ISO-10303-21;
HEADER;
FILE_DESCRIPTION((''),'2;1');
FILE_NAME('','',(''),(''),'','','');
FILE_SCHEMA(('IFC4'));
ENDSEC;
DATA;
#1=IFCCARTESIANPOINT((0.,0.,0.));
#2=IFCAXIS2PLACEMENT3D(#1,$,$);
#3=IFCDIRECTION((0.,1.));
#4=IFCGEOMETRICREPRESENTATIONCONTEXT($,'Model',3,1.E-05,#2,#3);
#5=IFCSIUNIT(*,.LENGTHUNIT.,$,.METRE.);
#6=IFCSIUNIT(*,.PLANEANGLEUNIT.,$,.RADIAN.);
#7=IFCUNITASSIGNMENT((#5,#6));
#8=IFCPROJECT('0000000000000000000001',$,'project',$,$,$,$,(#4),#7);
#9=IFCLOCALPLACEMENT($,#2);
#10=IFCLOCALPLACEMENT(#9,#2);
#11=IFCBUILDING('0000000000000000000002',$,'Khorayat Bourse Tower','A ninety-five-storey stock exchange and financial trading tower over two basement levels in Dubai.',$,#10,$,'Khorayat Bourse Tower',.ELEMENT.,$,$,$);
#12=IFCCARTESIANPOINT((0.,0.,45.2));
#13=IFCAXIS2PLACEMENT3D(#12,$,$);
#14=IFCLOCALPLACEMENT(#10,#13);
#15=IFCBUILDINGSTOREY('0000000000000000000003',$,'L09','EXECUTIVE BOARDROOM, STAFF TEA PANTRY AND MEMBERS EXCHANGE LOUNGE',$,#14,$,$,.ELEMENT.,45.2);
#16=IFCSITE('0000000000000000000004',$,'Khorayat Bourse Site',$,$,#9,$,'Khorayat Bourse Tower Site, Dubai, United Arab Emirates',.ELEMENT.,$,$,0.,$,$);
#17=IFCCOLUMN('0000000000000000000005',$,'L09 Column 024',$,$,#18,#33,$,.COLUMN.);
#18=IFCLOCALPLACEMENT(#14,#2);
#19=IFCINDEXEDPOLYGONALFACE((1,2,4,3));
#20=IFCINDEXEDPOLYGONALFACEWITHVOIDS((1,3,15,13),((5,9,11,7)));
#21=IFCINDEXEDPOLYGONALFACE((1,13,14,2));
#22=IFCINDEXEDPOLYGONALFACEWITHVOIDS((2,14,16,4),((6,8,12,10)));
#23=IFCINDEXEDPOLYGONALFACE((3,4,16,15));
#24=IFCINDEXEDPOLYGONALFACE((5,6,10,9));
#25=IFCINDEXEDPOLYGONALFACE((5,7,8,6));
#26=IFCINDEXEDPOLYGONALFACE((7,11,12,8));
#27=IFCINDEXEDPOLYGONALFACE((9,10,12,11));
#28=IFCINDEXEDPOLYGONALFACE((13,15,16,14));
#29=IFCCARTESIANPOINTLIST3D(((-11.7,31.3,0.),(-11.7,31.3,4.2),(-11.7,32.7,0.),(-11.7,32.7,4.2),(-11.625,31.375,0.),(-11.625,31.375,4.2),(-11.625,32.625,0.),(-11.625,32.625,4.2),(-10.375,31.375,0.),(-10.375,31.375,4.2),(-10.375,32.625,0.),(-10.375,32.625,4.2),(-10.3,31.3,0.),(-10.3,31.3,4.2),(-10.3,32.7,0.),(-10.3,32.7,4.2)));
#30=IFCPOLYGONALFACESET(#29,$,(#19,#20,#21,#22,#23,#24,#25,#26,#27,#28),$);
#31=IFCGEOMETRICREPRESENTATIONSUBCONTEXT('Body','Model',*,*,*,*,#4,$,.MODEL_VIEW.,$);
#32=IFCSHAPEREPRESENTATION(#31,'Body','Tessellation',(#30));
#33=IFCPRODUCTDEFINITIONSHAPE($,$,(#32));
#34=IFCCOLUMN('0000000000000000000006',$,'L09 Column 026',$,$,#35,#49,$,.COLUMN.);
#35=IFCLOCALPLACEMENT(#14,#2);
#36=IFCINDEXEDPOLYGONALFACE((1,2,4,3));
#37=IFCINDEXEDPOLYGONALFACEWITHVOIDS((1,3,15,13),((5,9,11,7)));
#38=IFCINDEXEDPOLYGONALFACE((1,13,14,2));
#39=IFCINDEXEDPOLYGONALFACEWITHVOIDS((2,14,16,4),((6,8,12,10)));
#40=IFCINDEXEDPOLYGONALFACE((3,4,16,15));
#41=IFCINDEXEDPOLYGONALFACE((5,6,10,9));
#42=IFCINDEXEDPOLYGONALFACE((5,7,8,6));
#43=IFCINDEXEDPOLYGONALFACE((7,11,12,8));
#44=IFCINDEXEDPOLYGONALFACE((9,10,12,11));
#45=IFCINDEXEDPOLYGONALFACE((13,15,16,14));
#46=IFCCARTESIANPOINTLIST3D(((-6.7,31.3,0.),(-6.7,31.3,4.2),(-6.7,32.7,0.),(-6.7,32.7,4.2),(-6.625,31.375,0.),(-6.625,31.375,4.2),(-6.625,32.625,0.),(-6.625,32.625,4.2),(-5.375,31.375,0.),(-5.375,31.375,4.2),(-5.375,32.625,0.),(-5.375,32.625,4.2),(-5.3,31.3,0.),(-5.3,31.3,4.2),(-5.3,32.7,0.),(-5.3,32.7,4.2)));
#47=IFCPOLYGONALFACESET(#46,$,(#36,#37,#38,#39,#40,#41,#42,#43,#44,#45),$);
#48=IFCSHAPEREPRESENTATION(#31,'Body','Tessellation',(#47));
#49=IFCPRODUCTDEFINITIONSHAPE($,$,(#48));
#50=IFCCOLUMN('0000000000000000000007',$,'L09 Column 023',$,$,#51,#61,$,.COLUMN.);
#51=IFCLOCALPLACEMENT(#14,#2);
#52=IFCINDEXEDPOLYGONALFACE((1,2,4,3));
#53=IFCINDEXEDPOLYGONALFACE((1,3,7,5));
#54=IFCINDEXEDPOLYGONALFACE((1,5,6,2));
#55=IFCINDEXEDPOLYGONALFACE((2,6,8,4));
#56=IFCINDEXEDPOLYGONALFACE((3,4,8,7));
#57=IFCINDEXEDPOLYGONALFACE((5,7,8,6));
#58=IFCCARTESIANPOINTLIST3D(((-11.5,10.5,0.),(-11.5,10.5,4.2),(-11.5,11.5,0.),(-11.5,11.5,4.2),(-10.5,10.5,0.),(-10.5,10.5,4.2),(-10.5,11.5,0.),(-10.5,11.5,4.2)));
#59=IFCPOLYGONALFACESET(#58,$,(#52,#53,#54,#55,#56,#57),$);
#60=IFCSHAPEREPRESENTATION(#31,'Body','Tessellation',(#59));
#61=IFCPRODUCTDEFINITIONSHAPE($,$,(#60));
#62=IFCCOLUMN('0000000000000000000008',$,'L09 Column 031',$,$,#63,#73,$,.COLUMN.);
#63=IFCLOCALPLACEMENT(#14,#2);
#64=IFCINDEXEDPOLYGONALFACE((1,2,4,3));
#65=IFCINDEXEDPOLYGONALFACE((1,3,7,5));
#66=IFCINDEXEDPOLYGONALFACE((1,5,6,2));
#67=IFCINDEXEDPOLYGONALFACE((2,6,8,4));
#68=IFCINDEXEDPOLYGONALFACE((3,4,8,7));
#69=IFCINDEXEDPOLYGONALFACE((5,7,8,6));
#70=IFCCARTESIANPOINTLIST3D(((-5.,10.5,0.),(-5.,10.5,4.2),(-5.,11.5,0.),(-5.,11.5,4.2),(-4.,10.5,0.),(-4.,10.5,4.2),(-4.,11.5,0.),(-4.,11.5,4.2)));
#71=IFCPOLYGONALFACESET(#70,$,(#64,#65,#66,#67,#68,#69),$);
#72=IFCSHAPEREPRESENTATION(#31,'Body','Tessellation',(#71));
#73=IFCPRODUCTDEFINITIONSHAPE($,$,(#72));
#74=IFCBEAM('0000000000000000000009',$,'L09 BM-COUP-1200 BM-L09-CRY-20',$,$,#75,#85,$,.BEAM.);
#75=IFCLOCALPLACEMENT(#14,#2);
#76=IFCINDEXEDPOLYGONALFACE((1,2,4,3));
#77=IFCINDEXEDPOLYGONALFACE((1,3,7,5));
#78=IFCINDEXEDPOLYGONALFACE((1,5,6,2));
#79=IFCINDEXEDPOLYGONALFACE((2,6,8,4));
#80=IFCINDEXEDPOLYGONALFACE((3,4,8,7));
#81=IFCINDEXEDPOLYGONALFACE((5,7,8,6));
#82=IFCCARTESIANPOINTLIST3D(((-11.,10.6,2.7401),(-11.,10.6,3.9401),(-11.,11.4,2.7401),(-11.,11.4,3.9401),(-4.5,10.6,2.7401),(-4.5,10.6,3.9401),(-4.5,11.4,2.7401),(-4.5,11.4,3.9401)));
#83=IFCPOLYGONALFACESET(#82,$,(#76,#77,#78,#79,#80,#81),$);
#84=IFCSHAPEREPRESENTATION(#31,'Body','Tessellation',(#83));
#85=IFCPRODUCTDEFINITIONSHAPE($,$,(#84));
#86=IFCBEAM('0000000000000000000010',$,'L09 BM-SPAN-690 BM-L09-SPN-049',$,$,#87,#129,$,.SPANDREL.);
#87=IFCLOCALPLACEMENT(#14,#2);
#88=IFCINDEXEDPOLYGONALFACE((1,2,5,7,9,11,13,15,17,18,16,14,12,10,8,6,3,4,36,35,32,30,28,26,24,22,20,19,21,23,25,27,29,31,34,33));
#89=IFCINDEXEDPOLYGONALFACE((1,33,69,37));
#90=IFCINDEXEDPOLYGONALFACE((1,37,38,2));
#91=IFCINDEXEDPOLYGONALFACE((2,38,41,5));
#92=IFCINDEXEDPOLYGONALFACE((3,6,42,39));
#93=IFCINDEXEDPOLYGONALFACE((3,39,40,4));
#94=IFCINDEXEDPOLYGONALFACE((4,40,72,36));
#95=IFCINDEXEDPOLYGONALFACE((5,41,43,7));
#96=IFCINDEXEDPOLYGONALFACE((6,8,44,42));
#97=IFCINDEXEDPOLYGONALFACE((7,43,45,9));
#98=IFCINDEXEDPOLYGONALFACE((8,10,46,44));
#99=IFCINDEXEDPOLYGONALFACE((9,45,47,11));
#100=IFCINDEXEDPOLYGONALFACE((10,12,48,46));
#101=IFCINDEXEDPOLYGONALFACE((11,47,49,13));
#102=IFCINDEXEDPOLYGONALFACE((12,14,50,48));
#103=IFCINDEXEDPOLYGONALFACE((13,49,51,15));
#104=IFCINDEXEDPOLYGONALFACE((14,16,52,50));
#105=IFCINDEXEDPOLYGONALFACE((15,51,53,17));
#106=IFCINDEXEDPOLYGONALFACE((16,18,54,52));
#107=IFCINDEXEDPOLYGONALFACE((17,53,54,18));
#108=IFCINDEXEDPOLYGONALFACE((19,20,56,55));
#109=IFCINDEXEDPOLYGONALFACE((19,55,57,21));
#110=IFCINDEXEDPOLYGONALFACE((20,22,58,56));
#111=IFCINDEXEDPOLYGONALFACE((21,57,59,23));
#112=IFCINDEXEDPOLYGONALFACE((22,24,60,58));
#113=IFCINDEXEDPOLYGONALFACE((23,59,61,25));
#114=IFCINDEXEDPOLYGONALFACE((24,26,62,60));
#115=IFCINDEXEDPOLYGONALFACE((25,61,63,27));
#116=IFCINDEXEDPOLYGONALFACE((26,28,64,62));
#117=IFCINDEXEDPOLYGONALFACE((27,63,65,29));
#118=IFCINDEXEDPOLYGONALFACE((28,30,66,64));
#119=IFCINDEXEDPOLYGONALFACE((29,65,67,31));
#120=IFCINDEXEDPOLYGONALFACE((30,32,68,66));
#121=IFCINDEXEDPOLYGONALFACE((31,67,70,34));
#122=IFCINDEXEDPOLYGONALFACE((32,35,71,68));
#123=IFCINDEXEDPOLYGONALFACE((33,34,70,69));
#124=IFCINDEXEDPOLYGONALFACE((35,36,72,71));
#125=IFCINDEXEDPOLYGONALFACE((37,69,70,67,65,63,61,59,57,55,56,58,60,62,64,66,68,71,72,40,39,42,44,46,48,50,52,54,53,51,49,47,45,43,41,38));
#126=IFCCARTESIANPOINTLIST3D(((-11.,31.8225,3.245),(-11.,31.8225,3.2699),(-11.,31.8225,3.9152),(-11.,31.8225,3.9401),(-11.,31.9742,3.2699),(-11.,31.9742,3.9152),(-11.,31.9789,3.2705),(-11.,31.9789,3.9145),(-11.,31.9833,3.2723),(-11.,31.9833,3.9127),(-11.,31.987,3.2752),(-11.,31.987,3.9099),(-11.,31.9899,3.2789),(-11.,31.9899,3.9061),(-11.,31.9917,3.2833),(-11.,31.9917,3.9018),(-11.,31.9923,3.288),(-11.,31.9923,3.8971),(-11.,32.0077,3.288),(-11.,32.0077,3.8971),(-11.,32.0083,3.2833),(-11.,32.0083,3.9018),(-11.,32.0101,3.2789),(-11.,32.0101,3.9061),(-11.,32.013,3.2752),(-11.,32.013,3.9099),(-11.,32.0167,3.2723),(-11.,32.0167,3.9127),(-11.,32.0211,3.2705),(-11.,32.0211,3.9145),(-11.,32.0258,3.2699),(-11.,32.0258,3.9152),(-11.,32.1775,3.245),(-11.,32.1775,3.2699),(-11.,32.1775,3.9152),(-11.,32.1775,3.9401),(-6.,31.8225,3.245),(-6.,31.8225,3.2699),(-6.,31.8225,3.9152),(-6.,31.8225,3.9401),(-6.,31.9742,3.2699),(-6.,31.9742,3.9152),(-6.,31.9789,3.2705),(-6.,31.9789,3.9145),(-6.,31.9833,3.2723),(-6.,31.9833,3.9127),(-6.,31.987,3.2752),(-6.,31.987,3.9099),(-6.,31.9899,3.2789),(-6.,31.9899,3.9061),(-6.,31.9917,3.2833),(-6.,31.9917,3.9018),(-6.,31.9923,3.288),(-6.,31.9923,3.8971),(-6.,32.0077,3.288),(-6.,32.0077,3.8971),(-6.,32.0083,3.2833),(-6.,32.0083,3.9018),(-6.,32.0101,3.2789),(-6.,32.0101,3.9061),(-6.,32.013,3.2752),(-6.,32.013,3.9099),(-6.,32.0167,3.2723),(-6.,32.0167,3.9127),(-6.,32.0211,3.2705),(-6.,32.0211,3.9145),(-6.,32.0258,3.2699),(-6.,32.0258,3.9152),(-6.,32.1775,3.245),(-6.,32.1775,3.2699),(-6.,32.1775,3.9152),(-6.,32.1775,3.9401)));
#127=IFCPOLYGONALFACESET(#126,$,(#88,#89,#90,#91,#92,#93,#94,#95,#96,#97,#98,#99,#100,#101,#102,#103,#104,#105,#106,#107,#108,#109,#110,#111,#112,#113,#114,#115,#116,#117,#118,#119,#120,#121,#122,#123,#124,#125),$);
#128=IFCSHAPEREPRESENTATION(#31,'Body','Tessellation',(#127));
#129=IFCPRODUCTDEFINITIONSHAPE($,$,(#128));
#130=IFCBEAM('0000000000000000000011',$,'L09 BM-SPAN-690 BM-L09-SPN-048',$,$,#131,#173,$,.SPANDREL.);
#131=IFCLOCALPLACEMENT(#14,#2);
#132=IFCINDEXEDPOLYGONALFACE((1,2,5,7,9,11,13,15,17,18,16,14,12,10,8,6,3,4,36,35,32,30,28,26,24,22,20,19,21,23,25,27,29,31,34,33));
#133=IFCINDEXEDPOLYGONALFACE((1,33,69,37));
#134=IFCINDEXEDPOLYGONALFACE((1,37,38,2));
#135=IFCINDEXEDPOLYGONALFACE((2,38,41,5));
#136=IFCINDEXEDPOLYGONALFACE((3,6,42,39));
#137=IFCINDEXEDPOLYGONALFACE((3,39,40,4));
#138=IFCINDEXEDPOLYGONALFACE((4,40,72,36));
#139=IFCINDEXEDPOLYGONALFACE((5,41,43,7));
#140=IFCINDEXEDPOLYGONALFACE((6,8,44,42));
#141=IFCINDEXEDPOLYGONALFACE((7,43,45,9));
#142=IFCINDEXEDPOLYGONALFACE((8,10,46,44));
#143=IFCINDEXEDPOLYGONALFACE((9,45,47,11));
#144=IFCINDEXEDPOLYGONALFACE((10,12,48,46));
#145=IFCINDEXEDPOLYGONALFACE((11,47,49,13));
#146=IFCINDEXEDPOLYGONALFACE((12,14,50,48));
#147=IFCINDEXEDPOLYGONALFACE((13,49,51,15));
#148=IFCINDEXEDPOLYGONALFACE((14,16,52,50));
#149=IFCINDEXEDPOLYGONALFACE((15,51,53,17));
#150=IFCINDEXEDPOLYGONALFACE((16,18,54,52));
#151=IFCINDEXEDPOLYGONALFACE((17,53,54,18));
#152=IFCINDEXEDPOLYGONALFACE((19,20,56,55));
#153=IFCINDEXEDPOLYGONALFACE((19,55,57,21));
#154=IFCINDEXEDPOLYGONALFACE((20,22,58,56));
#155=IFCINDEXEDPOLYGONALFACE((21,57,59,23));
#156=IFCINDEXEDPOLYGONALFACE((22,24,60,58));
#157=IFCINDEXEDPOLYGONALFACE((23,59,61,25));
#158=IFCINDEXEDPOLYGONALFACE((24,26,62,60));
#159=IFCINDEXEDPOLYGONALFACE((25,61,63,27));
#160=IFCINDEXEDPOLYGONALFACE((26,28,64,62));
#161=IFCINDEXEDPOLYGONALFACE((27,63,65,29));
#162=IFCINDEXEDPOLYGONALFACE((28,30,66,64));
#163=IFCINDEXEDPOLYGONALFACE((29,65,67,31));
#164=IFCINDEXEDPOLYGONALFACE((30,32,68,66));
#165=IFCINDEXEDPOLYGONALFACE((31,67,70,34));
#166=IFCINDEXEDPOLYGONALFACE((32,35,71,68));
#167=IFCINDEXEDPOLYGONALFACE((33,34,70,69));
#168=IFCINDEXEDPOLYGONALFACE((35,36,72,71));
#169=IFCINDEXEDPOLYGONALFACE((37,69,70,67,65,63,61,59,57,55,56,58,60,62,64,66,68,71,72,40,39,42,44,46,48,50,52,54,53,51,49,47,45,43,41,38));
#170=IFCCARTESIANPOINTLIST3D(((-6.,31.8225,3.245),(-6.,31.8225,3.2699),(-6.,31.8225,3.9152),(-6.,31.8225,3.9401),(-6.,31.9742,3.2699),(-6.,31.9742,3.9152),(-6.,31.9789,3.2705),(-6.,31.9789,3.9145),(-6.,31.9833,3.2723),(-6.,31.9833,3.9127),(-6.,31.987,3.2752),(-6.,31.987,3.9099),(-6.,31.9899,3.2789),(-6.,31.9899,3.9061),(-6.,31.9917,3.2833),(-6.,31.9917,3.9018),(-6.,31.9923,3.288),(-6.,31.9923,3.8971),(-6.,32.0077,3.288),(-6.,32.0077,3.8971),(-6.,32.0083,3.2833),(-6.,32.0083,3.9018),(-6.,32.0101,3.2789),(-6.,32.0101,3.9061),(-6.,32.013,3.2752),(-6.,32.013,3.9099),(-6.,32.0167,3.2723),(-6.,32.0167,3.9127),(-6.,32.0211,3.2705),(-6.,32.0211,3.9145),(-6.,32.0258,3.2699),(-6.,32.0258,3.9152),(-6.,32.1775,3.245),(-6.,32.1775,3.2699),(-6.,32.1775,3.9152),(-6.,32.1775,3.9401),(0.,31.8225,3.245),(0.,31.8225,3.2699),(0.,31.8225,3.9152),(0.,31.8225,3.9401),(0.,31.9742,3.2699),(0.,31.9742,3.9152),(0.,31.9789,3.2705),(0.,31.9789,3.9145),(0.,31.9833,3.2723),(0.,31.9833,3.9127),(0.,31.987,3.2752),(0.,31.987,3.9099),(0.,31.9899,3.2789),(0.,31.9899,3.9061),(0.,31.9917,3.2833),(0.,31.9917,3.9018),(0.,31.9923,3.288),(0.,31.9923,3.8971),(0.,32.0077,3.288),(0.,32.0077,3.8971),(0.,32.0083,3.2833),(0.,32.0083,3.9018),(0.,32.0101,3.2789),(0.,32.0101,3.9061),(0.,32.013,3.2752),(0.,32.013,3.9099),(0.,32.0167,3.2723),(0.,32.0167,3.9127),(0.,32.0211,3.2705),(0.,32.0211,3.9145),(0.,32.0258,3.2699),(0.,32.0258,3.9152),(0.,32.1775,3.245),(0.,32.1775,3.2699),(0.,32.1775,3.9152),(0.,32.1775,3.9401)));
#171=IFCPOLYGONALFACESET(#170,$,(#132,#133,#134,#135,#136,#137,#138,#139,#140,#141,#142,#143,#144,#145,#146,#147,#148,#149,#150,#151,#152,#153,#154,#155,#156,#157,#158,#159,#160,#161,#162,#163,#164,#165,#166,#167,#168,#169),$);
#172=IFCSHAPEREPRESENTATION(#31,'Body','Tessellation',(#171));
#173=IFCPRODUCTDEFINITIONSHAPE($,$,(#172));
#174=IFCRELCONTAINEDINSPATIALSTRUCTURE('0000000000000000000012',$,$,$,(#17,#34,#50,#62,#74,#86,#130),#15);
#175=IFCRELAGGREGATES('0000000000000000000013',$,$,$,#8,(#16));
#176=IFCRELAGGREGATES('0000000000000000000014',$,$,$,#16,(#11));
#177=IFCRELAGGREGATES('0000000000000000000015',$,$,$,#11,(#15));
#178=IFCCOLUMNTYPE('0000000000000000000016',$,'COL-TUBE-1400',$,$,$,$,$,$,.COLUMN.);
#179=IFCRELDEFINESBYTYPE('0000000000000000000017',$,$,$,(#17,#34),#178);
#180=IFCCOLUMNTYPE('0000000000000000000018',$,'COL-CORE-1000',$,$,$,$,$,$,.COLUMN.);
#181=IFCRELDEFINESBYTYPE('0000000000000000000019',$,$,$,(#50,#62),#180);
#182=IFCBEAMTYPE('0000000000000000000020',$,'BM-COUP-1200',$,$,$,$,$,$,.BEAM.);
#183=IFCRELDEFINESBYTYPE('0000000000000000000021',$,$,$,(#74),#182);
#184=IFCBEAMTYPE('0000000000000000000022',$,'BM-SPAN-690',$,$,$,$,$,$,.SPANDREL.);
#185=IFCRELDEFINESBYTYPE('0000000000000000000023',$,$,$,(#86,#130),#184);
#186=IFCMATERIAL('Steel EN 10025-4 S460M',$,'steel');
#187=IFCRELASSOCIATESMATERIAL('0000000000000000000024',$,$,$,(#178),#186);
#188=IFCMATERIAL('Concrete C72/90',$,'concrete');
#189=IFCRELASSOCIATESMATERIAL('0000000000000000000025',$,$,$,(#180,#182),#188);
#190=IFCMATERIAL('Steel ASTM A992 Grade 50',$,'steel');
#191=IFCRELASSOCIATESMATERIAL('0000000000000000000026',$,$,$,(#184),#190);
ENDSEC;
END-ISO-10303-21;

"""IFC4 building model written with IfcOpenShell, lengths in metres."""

from ifc_helpers import new_model, si_unit, direction, frame, origin, origin_2d, place, context, subcontext, project, spatial, rectangle, hollow_rectangle, i_section, extrude, source, transform, mapped, material, material_profile, profile_set, type_object, element, save


model = new_model("IFC4")

# Units and contexts
model_context = context("Model", 3, precision=1e-05, world=origin(), true_north=direction((0.0, 1.0)))
body_context = subcontext(model_context, "Body", "Model", "MODEL_VIEW")
ifc_project = project(units=[si_unit("LENGTHUNIT", "METRE"), si_unit("PLANEANGLEUNIT", "RADIAN")], contexts=[model_context])

# Site, building, storey
site_placement = place(None, origin())
site = spatial("IfcSite", under=ifc_project, at=site_placement, Name="Khorayat Bourse Site", LongName="Khorayat Bourse Tower Site, Dubai, United Arab Emirates", CompositionType="ELEMENT", RefElevation=0.0)
building_placement = place(site_placement, origin())
building = spatial("IfcBuilding", under=site, at=building_placement, Name="Khorayat Bourse Tower", Description="A ninety-five-storey stock exchange and financial trading tower over two basement levels in Dubai.", LongName="Khorayat Bourse Tower", CompositionType="ELEMENT")
storey_placement = place(building_placement, frame((0.0, 0.0, 45.2)))
storey = spatial("IfcBuildingStorey", under=building, at=storey_placement, Name="L09", Description="EXECUTIVE BOARDROOM, STAFF TEA PANTRY AND MEMBERS EXCHANGE LOUNGE", CompositionType="ELEMENT", Elevation=45.2)

# Columns
ifc_material_1 = material(Name="Steel EN 10025-4 S460M", Category="steel")
ifc_material_profile_1 = material_profile(ifc_material_1, hollow_rectangle(XDim=1.3999, YDim=1.3999, WallThickness=0.075, at=origin_2d()), Name="BOX 1400x1400x75")
ifc_profile_set_1 = profile_set([ifc_material_profile_1], Name="Steel EN 10025-4 S460M")
column_type_1 = type_object("IfcColumnType", Name="COL-TUBE-1400", PredefinedType="COLUMN", material=ifc_profile_set_1)
shared_shape_1 = source(origin(), body_context, "Body", "SweptSolid", [
    extrude(hollow_rectangle(XDim=1.3999, YDim=1.3999, WallThickness=0.075, at=origin_2d()), origin(), (0.0, 0.0, 1.0), 4.2),
])
for number, where, z_axis, x_axis, name in (
    (1, (-11.0, 32.0, 0.0), (0.0, 0.0, 1.0), (1.0, 0.0, 0.0), "L09 Column 024"),
    (2, (-6.0, 32.0, 0.0), (0.0, 0.0, 1.0), (1.0, 0.0, 0.0), "L09 Column 026"),
):
    element("IfcColumn", number, at=place(storey_placement, frame(where, z_axis=z_axis, x_axis=x_axis)), inside=storey, type_object=column_type_1, Name=name, PredefinedType="COLUMN", context=body_context, shape_type="MappedRepresentation", body=[
        mapped(shared_shape_1, transform((0.0, 0.0, 0.0), scale=1.0)),
    ])
ifc_material_2 = material(Name="Concrete C72/90", Category="concrete")
ifc_material_profile_2 = material_profile(ifc_material_2, rectangle(XDim=1.0, YDim=1.0, at=origin_2d()), Name="RC 1000x1000")
ifc_profile_set_2 = profile_set([ifc_material_profile_2], Name="Concrete C72/90")
column_type_2 = type_object("IfcColumnType", Name="COL-CORE-1000", PredefinedType="COLUMN", material=ifc_profile_set_2)
shared_shape_2 = source(origin(), body_context, "Body", "SweptSolid", [
    extrude(rectangle(XDim=1.0, YDim=1.0, at=origin_2d()), origin(), (0.0, 0.0, 1.0), 4.2),
])
for number, where, z_axis, x_axis, name in (
    (3, (-11.0, 11.0, 0.0), (0.0, 0.0, 1.0), (1.0, 0.0, 0.0), "L09 Column 023"),
    (4, (-4.5, 11.0, 0.0), (0.0, 0.0, 1.0), (1.0, 0.0, 0.0), "L09 Column 031"),
):
    element("IfcColumn", number, at=place(storey_placement, frame(where, z_axis=z_axis, x_axis=x_axis)), inside=storey, type_object=column_type_2, Name=name, PredefinedType="COLUMN", context=body_context, shape_type="MappedRepresentation", body=[
        mapped(shared_shape_2, transform((0.0, 0.0, 0.0), scale=1.0)),
    ])

# Beams
ifc_material_profile_3 = material_profile(ifc_material_2, rectangle(XDim=0.8, YDim=1.2, at=origin_2d()), Name="RC 800x1200")
ifc_profile_set_3 = profile_set([ifc_material_profile_3], Name="Concrete C72/90")
beam_type_1 = type_object("IfcBeamType", Name="BM-COUP-1200", PredefinedType="BEAM", material=ifc_profile_set_3)
shared_shape_3 = source(origin(), body_context, "Body", "SweptSolid", [
    extrude(rectangle(XDim=0.8, YDim=1.2, at=origin_2d()), origin(), (0.0, 0.0, 1.0), 6.5),
])
beam_1_placement = place(storey_placement, frame((-11.0, 11.0, 3.3401), z_axis=(1.0, 0.0, 0.0), x_axis=(0.0, 1.0, 0.0)))
element("IfcBeam", 5, at=beam_1_placement, inside=storey, type_object=beam_type_1, Name="L09 BM-COUP-1200 BM-L09-CRY-20", PredefinedType="BEAM", context=body_context, shape_type="MappedRepresentation", body=[
    mapped(shared_shape_3, transform((0.0, 0.0, 0.0), scale=1.0)),
])
ifc_material_3 = material(Name="Steel ASTM A992 Grade 50", Category="steel")
ifc_material_profile_4 = material_profile(ifc_material_3, i_section(OverallWidth=0.355, OverallDepth=0.6951, WebThickness=0.0154, FlangeThickness=0.0249, FilletRadius=0.0181, at=origin_2d()), Name="W690X217")
ifc_profile_set_4 = profile_set([ifc_material_profile_4], Name="Steel ASTM A992 Grade 50")
beam_type_2 = type_object("IfcBeamType", Name="BM-SPAN-690", PredefinedType="SPANDREL", material=ifc_profile_set_4)
shared_shape_4 = source(origin(), body_context, "Body", "SweptSolid", [
    extrude(i_section(OverallWidth=0.355, OverallDepth=0.6951, WebThickness=0.0154, FlangeThickness=0.0249, FilletRadius=0.0181, at=origin_2d()), origin(), (0.0, 0.0, 1.0), 5.0),
])
beam_2_placement = place(storey_placement, frame((-11.0, 32.0, 3.5925), z_axis=(1.0, 0.0, 0.0), x_axis=(0.0, 1.0, 0.0)))
element("IfcBeam", 6, at=beam_2_placement, inside=storey, type_object=beam_type_2, Name="L09 BM-SPAN-690 BM-L09-SPN-049", PredefinedType="SPANDREL", context=body_context, shape_type="MappedRepresentation", body=[
    mapped(shared_shape_4, transform((0.0, 0.0, 0.0), scale=1.0)),
])
shared_shape_5 = source(origin(), body_context, "Body", "SweptSolid", [
    extrude(i_section(OverallWidth=0.355, OverallDepth=0.6951, WebThickness=0.0154, FlangeThickness=0.0249, FilletRadius=0.0181, at=origin_2d()), origin(), (0.0, 0.0, 1.0), 6.0),
])
beam_3_placement = place(storey_placement, frame((-6.0, 32.0, 3.5925), z_axis=(1.0, 0.0, 0.0), x_axis=(0.0, 1.0, 0.0)))
element("IfcBeam", 7, at=beam_3_placement, inside=storey, type_object=beam_type_2, Name="L09 BM-SPAN-690 BM-L09-SPN-048", PredefinedType="SPANDREL", context=body_context, shape_type="MappedRepresentation", body=[
    mapped(shared_shape_5, transform((0.0, 0.0, 0.0), scale=1.0)),
])

save(model, "model.ifc")
